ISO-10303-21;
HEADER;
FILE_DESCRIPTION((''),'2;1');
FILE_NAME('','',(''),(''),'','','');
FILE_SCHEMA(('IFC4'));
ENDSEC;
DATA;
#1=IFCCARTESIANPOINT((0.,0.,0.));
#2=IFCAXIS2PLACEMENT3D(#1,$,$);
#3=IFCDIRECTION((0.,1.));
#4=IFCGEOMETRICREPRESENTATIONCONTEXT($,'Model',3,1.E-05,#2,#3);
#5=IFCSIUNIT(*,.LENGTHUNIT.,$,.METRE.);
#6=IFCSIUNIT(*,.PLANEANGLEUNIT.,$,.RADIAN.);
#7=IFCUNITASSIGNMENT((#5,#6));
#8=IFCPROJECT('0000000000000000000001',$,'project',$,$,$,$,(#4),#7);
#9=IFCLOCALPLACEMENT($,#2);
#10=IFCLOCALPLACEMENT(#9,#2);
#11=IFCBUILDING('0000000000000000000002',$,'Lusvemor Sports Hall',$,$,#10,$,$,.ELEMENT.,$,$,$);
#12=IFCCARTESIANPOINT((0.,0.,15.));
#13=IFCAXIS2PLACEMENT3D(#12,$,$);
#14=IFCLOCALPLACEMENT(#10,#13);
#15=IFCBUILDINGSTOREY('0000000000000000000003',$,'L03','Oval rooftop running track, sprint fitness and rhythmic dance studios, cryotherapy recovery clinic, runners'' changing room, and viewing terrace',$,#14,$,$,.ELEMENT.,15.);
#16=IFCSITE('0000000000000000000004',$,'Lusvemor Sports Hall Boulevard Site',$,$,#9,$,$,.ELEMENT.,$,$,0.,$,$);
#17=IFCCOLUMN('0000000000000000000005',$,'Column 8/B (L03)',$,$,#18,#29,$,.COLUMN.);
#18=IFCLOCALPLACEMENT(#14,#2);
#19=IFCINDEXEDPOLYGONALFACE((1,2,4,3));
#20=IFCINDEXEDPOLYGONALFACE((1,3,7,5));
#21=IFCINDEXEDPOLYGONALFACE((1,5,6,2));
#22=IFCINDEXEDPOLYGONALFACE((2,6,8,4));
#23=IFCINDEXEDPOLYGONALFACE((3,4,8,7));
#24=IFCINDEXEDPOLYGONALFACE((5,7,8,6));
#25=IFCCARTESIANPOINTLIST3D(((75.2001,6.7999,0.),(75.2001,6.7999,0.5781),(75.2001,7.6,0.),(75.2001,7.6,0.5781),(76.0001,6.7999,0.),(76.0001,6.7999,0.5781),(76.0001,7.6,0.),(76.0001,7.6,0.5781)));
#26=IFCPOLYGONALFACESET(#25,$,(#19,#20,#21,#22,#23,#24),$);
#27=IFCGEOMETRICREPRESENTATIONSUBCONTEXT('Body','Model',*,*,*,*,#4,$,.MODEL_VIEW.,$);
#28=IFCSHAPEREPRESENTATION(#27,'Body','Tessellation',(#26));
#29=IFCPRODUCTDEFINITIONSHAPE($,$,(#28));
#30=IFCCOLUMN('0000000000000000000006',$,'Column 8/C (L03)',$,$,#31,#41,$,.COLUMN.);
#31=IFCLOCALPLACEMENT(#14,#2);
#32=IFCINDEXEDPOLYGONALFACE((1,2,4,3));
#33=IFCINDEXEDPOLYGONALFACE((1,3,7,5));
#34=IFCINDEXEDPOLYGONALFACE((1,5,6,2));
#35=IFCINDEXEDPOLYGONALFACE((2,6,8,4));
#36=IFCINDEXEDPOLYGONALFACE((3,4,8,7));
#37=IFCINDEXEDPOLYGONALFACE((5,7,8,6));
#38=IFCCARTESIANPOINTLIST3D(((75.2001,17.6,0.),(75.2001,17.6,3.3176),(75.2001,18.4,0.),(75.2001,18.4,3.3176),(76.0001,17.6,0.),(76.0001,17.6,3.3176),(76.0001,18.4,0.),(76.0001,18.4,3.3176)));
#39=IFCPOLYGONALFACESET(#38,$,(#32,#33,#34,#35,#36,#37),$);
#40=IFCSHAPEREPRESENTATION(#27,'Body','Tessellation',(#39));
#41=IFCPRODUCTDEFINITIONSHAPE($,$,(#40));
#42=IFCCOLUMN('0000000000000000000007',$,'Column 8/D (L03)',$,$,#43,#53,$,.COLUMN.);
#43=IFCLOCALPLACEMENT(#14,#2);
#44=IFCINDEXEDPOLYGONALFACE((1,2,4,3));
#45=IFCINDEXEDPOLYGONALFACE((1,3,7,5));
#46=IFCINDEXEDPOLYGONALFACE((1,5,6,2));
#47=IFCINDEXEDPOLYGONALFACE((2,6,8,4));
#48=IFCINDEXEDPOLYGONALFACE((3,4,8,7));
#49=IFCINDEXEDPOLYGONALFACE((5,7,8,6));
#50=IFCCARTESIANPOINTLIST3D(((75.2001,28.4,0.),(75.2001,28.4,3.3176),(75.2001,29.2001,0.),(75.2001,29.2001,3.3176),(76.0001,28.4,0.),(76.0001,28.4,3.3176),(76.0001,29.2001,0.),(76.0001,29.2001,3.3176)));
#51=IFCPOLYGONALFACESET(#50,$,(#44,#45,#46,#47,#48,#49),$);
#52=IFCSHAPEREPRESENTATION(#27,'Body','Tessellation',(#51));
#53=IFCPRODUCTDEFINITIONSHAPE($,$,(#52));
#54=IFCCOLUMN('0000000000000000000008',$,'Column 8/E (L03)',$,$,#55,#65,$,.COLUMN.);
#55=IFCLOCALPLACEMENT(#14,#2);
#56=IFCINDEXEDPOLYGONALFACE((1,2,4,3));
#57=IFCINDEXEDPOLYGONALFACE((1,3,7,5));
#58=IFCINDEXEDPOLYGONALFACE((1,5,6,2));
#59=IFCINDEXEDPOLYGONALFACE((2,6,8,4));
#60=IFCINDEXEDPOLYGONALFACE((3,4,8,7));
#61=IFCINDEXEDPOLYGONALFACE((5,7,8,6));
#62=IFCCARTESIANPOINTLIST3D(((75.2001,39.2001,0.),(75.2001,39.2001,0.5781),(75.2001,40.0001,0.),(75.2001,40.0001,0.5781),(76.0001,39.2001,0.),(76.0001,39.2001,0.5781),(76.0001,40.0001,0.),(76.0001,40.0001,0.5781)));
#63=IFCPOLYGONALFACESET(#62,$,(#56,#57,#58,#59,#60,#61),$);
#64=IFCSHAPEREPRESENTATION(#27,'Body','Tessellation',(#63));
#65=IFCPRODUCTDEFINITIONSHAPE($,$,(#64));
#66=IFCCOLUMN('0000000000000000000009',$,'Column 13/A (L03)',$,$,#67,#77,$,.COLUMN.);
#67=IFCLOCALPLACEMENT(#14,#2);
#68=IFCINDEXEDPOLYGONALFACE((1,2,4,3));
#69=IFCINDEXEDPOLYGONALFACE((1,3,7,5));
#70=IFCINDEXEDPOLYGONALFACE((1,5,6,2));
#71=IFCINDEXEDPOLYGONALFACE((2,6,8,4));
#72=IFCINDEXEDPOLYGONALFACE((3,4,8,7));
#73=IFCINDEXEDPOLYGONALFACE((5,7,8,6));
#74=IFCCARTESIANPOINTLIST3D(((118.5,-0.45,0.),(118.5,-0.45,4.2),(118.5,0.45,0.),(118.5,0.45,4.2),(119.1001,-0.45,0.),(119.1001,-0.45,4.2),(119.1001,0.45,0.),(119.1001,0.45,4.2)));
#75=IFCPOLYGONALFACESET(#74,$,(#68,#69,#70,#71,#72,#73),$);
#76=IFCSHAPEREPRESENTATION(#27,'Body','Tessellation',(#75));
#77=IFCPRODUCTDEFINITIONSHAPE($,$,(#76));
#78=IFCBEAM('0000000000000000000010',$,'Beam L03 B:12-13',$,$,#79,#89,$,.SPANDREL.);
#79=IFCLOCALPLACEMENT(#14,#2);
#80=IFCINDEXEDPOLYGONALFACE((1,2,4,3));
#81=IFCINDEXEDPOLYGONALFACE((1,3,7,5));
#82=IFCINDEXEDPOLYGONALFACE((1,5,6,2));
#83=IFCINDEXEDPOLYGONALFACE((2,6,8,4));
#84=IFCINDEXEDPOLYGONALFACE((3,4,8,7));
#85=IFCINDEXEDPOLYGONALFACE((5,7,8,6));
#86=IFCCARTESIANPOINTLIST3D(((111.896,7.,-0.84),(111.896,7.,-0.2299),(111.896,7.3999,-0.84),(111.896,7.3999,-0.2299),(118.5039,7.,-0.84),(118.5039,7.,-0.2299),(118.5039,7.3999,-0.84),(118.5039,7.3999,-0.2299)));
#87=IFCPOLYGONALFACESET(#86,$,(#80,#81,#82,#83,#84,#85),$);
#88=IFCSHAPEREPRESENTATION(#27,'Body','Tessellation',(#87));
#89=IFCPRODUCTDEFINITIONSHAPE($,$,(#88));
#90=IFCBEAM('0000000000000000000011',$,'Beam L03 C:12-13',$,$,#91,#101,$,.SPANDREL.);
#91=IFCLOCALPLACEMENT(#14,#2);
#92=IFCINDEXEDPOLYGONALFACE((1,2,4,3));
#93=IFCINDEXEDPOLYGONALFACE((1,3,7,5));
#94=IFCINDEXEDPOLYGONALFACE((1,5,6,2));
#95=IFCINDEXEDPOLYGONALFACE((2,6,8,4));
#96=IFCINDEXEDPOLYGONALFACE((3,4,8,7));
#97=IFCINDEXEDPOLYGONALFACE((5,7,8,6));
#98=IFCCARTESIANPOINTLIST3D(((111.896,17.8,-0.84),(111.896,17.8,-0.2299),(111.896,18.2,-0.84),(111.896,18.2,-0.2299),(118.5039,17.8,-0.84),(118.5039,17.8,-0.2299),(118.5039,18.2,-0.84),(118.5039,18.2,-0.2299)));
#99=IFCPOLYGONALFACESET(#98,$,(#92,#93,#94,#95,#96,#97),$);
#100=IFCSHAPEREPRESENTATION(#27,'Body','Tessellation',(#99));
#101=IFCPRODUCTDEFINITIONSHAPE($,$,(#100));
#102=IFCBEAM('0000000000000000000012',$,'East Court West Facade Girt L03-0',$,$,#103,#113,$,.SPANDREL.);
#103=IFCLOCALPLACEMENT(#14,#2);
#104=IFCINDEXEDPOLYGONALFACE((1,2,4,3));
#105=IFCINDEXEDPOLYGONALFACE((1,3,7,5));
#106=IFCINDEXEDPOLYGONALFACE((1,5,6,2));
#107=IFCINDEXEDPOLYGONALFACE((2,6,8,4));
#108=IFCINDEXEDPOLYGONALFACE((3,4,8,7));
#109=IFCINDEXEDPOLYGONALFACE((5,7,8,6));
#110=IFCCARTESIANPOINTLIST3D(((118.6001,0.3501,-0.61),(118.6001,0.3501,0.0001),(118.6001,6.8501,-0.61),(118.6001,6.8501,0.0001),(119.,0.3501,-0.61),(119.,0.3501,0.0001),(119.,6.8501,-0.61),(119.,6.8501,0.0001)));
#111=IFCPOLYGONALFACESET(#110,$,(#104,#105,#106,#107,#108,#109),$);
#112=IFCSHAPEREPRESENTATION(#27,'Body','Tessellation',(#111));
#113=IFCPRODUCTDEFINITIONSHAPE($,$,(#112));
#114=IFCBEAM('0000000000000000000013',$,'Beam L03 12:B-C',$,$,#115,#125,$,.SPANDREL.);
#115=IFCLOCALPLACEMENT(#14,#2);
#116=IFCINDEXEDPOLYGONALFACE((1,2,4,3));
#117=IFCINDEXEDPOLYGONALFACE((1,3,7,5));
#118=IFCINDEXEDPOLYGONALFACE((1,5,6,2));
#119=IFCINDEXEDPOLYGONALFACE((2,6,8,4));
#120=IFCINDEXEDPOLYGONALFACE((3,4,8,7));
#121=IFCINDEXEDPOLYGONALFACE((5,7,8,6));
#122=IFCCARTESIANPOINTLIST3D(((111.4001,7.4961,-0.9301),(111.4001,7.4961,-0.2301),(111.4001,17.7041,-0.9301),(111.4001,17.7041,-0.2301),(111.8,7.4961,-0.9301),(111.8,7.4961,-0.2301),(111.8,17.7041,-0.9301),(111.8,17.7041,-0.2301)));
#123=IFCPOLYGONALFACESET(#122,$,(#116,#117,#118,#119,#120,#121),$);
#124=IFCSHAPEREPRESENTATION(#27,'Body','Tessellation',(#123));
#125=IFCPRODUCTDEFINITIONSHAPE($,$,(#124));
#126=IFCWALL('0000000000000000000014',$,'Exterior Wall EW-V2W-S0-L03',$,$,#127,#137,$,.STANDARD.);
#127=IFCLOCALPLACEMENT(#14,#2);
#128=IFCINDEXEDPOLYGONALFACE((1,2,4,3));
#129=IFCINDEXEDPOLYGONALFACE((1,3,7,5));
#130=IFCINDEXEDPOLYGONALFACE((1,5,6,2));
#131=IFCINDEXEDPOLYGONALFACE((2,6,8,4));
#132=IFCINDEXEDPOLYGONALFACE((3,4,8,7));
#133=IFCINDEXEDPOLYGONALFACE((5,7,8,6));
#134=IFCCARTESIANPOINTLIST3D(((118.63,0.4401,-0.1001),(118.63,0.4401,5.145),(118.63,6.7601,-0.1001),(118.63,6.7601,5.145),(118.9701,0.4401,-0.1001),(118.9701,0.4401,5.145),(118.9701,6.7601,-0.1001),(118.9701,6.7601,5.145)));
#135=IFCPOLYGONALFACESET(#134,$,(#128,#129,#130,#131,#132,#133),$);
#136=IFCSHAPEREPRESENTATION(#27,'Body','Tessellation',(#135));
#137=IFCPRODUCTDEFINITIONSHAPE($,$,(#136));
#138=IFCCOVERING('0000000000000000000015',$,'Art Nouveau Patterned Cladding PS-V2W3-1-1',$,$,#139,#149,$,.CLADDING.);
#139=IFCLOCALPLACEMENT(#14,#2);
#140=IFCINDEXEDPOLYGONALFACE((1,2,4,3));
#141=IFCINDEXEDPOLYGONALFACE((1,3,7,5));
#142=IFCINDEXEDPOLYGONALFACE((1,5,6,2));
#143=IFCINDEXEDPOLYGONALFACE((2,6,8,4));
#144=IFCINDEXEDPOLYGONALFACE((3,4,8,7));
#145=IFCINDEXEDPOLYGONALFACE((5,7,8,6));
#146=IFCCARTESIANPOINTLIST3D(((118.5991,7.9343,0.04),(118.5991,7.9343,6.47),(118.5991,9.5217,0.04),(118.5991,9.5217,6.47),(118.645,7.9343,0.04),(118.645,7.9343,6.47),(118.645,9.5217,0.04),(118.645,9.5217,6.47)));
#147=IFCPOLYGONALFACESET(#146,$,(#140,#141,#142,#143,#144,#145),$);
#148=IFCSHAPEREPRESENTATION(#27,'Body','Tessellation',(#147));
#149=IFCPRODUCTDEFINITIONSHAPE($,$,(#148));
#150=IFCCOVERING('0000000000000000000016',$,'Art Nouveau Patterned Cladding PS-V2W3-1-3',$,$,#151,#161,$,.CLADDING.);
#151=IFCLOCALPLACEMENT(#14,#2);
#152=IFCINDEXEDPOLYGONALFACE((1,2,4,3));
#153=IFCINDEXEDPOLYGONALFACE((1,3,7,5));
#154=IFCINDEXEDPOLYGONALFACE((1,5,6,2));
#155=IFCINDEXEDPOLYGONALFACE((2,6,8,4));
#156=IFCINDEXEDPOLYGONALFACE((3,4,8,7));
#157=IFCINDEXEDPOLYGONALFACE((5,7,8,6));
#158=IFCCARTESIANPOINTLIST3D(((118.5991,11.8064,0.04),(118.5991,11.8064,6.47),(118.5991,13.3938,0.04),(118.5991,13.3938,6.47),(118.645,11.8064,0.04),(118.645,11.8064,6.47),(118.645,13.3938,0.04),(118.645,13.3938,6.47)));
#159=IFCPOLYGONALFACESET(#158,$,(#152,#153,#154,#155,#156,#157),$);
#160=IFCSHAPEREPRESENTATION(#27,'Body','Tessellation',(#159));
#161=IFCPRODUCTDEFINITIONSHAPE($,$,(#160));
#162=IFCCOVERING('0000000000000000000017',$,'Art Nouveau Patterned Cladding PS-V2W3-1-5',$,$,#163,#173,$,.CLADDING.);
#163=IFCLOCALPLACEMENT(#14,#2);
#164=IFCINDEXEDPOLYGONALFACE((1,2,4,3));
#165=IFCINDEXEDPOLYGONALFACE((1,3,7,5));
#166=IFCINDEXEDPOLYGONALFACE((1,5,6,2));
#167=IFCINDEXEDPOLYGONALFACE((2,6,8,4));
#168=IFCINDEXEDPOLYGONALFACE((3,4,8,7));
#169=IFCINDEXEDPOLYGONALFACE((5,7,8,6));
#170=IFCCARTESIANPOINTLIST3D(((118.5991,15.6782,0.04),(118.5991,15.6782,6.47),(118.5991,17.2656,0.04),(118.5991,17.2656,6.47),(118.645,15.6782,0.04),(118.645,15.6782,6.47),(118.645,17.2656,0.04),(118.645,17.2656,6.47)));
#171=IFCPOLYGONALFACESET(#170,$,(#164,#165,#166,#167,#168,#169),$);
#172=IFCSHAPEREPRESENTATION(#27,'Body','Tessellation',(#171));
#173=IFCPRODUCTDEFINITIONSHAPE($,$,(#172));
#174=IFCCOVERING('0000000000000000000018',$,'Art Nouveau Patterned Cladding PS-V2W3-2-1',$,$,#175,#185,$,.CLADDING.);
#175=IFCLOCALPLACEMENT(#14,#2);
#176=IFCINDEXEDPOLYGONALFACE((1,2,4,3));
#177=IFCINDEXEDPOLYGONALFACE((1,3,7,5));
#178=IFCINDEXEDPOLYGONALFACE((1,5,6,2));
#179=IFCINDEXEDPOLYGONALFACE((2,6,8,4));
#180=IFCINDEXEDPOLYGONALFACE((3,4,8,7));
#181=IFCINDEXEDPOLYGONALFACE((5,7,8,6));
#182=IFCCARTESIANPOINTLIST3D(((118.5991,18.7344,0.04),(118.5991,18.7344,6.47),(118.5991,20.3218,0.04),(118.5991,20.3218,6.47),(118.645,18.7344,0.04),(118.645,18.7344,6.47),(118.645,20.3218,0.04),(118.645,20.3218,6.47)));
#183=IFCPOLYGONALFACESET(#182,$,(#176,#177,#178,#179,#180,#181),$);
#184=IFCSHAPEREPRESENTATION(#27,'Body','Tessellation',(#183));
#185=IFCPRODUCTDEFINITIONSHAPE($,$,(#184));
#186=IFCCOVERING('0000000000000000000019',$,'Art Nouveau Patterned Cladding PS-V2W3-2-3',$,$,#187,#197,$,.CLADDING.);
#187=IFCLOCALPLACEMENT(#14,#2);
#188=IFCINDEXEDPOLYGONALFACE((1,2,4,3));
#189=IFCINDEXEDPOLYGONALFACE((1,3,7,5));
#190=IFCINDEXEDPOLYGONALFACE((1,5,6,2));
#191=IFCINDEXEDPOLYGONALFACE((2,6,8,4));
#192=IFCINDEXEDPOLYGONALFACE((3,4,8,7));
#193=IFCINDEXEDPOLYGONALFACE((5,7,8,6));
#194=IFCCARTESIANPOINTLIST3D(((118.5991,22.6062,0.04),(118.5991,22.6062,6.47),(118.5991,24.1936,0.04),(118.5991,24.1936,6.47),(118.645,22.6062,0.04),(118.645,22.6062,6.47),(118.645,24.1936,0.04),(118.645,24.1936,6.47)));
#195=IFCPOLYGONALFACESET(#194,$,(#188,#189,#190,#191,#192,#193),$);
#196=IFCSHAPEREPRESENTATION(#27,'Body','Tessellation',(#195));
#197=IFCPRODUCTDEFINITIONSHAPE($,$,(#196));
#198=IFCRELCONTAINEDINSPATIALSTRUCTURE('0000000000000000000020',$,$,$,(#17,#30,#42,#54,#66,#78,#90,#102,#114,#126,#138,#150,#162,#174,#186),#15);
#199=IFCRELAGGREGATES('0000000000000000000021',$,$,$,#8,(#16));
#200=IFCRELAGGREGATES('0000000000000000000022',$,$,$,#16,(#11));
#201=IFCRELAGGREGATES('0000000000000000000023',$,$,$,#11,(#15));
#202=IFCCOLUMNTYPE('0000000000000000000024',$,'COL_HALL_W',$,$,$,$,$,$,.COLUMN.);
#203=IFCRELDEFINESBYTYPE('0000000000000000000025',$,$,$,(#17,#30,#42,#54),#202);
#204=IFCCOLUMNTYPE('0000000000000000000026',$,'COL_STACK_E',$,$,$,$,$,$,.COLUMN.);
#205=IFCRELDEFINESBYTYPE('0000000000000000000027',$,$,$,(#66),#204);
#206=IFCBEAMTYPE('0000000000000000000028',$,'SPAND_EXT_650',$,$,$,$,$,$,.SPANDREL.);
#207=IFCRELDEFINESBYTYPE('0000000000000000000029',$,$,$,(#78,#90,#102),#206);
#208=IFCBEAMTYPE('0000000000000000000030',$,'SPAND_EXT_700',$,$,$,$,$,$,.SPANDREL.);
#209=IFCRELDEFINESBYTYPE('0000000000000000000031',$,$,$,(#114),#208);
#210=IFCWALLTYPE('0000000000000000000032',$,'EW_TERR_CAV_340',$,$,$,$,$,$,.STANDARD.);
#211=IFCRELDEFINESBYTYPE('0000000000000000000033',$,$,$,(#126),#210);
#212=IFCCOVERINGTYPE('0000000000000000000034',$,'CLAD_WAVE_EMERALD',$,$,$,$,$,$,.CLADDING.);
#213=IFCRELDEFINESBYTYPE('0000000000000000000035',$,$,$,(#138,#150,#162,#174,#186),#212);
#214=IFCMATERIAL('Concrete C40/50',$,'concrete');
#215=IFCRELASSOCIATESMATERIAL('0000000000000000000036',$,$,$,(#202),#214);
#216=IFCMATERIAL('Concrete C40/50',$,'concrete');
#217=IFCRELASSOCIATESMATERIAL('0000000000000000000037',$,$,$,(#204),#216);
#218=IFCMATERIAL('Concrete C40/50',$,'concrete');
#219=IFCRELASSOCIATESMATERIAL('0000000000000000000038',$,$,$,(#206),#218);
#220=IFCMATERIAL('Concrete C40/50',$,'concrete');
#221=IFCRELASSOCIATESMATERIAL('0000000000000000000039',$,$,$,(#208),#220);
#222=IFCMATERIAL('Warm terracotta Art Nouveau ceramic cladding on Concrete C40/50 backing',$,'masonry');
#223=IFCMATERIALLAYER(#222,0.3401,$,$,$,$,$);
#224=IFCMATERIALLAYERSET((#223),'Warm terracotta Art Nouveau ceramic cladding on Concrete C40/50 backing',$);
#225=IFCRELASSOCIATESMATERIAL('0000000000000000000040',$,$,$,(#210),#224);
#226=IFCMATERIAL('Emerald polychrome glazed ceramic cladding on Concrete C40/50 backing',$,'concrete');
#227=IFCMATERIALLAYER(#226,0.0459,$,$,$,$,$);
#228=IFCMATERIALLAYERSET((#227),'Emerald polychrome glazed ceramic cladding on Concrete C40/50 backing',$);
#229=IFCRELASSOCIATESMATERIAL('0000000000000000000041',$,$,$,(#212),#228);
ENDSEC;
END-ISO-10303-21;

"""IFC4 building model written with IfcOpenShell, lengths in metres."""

from ifc_helpers import new_model, si_unit, direction, frame, frame_2d, origin, origin_2d, place, context, subcontext, project, spatial, rectangle, extrude, material, layer, layer_set, material_profile, profile_set, type_object, element, save


model = new_model("IFC4")

# Units and contexts
model_context = context("Model", 3, precision=1e-05, world=origin(), true_north=direction((0.0, 1.0)))
body_context = subcontext(model_context, "Body", "Model", "MODEL_VIEW")
ifc_project = project(units=[si_unit("LENGTHUNIT", "METRE"), si_unit("PLANEANGLEUNIT", "RADIAN")], contexts=[model_context])

# Site, building, storey
site_placement = place(None, origin())
site = spatial("IfcSite", under=ifc_project, at=site_placement, Name="Lusvemor Sports Hall Boulevard Site", CompositionType="ELEMENT", RefElevation=0.0)
building_placement = place(site_placement, origin())
building = spatial("IfcBuilding", under=site, at=building_placement, Name="Lusvemor Sports Hall", CompositionType="ELEMENT")
storey_placement = place(building_placement, frame((0.0, 0.0, 15.0)))
storey = spatial("IfcBuildingStorey", under=building, at=storey_placement, Name="L03", Description="Oval rooftop running track, sprint fitness and rhythmic dance studios, cryotherapy recovery clinic, runners' changing room, and viewing terrace", CompositionType="ELEMENT", Elevation=15.0)

# Columns
ifc_material_1 = material(Name="Concrete C40/50", Category="concrete")
ifc_material_profile_1 = material_profile(ifc_material_1, rectangle(XDim=0.8, YDim=0.8, at=origin_2d()), Name="RC800x800")
ifc_profile_set_1 = profile_set([ifc_material_profile_1], Name="Concrete C40/50")
column_type_1 = type_object("IfcColumnType", Name="COL_HALL_W", PredefinedType="COLUMN", material=ifc_profile_set_1)
column_1_placement = place(storey_placement, frame((75.6001, 7.2, 0.0), z_axis=(0.0, 0.0, 1.0), x_axis=(1.0, 0.0, 0.0)))
element("IfcColumn", 1, at=column_1_placement, inside=storey, type_object=column_type_1, Name="Column 8/B (L03)", PredefinedType="COLUMN", context=body_context, shape_type="SweptSolid", body=[
    extrude(rectangle(XDim=0.8, YDim=0.8, at=origin_2d()), origin(), (0.0, 0.0, 1.0), 0.5781),
])
for number, where, z_axis, x_axis, name in (
    (2, (75.6001, 18.0, 0.0), (0.0, 0.0, 1.0), (1.0, 0.0, 0.0), "Column 8/C (L03)"),
    (3, (75.6001, 28.8, 0.0), (0.0, 0.0, 1.0), (1.0, 0.0, 0.0), "Column 8/D (L03)"),
):
    element("IfcColumn", number, at=place(storey_placement, frame(where, z_axis=z_axis, x_axis=x_axis)), inside=storey, type_object=column_type_1, Name=name, PredefinedType="COLUMN", context=body_context, shape_type="SweptSolid", body=[
        extrude(rectangle(XDim=0.8, YDim=0.8, at=origin_2d()), origin(), (0.0, 0.0, 1.0), 3.3176),
    ])
column_2_placement = place(storey_placement, frame((75.6001, 39.6001, 0.0), z_axis=(0.0, 0.0, 1.0), x_axis=(1.0, 0.0, 0.0)))
element("IfcColumn", 4, at=column_2_placement, inside=storey, type_object=column_type_1, Name="Column 8/E (L03)", PredefinedType="COLUMN", context=body_context, shape_type="SweptSolid", body=[
    extrude(rectangle(XDim=0.8, YDim=0.8, at=origin_2d()), origin(), (0.0, 0.0, 1.0), 0.5781),
])
ifc_material_2 = material(Name="Concrete C40/50", Category="concrete")
ifc_material_profile_2 = material_profile(ifc_material_2, rectangle(XDim=0.6001, YDim=0.8999, at=origin_2d()), Name="RC600x900")
ifc_profile_set_2 = profile_set([ifc_material_profile_2], Name="Concrete C40/50")
column_type_2 = type_object("IfcColumnType", Name="COL_STACK_E", PredefinedType="COLUMN", material=ifc_profile_set_2)
column_3_placement = place(storey_placement, frame((118.8, 0.0, 0.0), z_axis=(0.0, 0.0, 1.0), x_axis=(1.0, 0.0, 0.0)))
element("IfcColumn", 5, at=column_3_placement, inside=storey, type_object=column_type_2, Name="Column 13/A (L03)", PredefinedType="COLUMN", context=body_context, shape_type="SweptSolid", body=[
    extrude(rectangle(XDim=0.6001, YDim=0.8999, at=origin_2d()), origin(), (0.0, 0.0, 1.0), 4.2),
])

# Beams
ifc_material_3 = material(Name="Concrete C40/50", Category="concrete")
ifc_material_profile_3 = material_profile(ifc_material_3, rectangle(XDim=0.3999, YDim=0.6101, at=origin_2d()), Name="RC400x610")
ifc_profile_set_3 = profile_set([ifc_material_profile_3], Name="Concrete C40/50")
beam_type_1 = type_object("IfcBeamType", Name="SPAND_EXT_650", PredefinedType="SPANDREL", material=ifc_profile_set_3)
for number, where, z_axis, x_axis, name in (
    (6, (111.896, 7.2, -0.5349), (1.0, 0.0, 0.0), (0.0, 1.0, 0.0), "Beam L03 B:12-13"),
    (7, (111.896, 18.0, -0.5349), (1.0, 0.0, 0.0), (0.0, 1.0, 0.0), "Beam L03 C:12-13"),
):
    element("IfcBeam", number, at=place(storey_placement, frame(where, z_axis=z_axis, x_axis=x_axis)), inside=storey, type_object=beam_type_1, Name=name, PredefinedType="SPANDREL", context=body_context, shape_type="SweptSolid", body=[
        extrude(rectangle(XDim=0.3999, YDim=0.6101, at=origin_2d()), origin(), (0.0, 0.0, 1.0), 6.6079),
    ])
beam_1_placement = place(storey_placement, frame((118.8, 0.3501, -0.3049), z_axis=(0.0, 1.0, 0.0), x_axis=(-1.0, 0.0, 0.0)))
element("IfcBeam", 8, at=beam_1_placement, inside=storey, type_object=beam_type_1, Name="East Court West Facade Girt L03-0", PredefinedType="SPANDREL", context=body_context, shape_type="SweptSolid", body=[
    extrude(rectangle(XDim=0.3999, YDim=0.6101, at=origin_2d()), origin(), (0.0, 0.0, 1.0), 6.5),
])
ifc_material_4 = material(Name="Concrete C40/50", Category="concrete")
ifc_material_profile_4 = material_profile(ifc_material_4, rectangle(XDim=0.3999, YDim=0.7, at=origin_2d()), Name="RC400x700")
ifc_profile_set_4 = profile_set([ifc_material_profile_4], Name="Concrete C40/50")
beam_type_2 = type_object("IfcBeamType", Name="SPAND_EXT_700", PredefinedType="SPANDREL", material=ifc_profile_set_4)
beam_2_placement = place(storey_placement, frame((111.6001, 7.4961, -0.5801), z_axis=(0.0, 1.0, 0.0), x_axis=(-1.0, 0.0, 0.0)))
element("IfcBeam", 9, at=beam_2_placement, inside=storey, type_object=beam_type_2, Name="Beam L03 12:B-C", PredefinedType="SPANDREL", context=body_context, shape_type="SweptSolid", body=[
    extrude(rectangle(XDim=0.3999, YDim=0.7, at=origin_2d()), origin(), (0.0, 0.0, 1.0), 10.208),
])

# Wall
ifc_material_5 = material(Name="Warm terracotta Art Nouveau ceramic cladding on Concrete C40/50 backing", Category="masonry")
ifc_layer_1 = layer(ifc_material_5, 0.3401)
ifc_layer_set_1 = layer_set([ifc_layer_1], Name="Warm terracotta Art Nouveau ceramic cladding on Concrete C40/50 backing")
wall_type = type_object("IfcWallType", Name="EW_TERR_CAV_340", PredefinedType="STANDARD", material=ifc_layer_set_1)
wall_placement = place(storey_placement, frame((118.8, 0.4399, -0.1001), z_axis=(0.0, 0.0, 1.0), x_axis=(0.0, 1.0, 0.0)))
element("IfcWall", 10, at=wall_placement, inside=storey, type_object=wall_type, Name="Exterior Wall EW-V2W-S0-L03", PredefinedType="STANDARD", context=body_context, shape_type="SweptSolid", body=[
    extrude(rectangle(XDim=6.3201, YDim=0.3401, at=frame_2d((3.1602, 0.0))), origin(), (0.0, 0.0, 1.0), 5.2451),
])

# Coverings
ifc_material_6 = material(Name="Emerald polychrome glazed ceramic cladding on Concrete C40/50 backing", Category="concrete")
ifc_layer_2 = layer(ifc_material_6, 0.0459)
ifc_layer_set_2 = layer_set([ifc_layer_2], Name="Emerald polychrome glazed ceramic cladding on Concrete C40/50 backing")
covering_type_1 = type_object("IfcCoveringType", Name="CLAD_WAVE_EMERALD", PredefinedType="CLADDING", material=ifc_layer_set_2)
for number, where, z_axis, x_axis, name in (
    (11, (118.6221, 8.728, 0.04), (0.0, 0.0, 1.0), (1.0, 0.0, 0.0), "Art Nouveau Patterned Cladding PS-V2W3-1-1"),
    (12, (118.6221, 12.6001, 0.04), (0.0, 0.0, 1.0), (1.0, 0.0, 0.0), "Art Nouveau Patterned Cladding PS-V2W3-1-3"),
    (13, (118.6221, 16.4719, 0.04), (0.0, 0.0, 1.0), (1.0, 0.0, 0.0), "Art Nouveau Patterned Cladding PS-V2W3-1-5"),
    (14, (118.6221, 19.5281, 0.04), (0.0, 0.0, 1.0), (1.0, 0.0, 0.0), "Art Nouveau Patterned Cladding PS-V2W3-2-1"),
    (15, (118.6221, 23.3999, 0.04), (0.0, 0.0, 1.0), (1.0, 0.0, 0.0), "Art Nouveau Patterned Cladding PS-V2W3-2-3"),
):
    element("IfcCovering", number, at=place(storey_placement, frame(where, z_axis=z_axis, x_axis=x_axis)), inside=storey, type_object=covering_type_1, Name=name, PredefinedType="CLADDING", context=body_context, shape_type="SweptSolid", body=[
        extrude(rectangle(XDim=0.0459, YDim=1.5874, at=origin_2d()), origin(), (0.0, 0.0, 1.0), 6.4299),
    ])

save(model, "model.ifc")
